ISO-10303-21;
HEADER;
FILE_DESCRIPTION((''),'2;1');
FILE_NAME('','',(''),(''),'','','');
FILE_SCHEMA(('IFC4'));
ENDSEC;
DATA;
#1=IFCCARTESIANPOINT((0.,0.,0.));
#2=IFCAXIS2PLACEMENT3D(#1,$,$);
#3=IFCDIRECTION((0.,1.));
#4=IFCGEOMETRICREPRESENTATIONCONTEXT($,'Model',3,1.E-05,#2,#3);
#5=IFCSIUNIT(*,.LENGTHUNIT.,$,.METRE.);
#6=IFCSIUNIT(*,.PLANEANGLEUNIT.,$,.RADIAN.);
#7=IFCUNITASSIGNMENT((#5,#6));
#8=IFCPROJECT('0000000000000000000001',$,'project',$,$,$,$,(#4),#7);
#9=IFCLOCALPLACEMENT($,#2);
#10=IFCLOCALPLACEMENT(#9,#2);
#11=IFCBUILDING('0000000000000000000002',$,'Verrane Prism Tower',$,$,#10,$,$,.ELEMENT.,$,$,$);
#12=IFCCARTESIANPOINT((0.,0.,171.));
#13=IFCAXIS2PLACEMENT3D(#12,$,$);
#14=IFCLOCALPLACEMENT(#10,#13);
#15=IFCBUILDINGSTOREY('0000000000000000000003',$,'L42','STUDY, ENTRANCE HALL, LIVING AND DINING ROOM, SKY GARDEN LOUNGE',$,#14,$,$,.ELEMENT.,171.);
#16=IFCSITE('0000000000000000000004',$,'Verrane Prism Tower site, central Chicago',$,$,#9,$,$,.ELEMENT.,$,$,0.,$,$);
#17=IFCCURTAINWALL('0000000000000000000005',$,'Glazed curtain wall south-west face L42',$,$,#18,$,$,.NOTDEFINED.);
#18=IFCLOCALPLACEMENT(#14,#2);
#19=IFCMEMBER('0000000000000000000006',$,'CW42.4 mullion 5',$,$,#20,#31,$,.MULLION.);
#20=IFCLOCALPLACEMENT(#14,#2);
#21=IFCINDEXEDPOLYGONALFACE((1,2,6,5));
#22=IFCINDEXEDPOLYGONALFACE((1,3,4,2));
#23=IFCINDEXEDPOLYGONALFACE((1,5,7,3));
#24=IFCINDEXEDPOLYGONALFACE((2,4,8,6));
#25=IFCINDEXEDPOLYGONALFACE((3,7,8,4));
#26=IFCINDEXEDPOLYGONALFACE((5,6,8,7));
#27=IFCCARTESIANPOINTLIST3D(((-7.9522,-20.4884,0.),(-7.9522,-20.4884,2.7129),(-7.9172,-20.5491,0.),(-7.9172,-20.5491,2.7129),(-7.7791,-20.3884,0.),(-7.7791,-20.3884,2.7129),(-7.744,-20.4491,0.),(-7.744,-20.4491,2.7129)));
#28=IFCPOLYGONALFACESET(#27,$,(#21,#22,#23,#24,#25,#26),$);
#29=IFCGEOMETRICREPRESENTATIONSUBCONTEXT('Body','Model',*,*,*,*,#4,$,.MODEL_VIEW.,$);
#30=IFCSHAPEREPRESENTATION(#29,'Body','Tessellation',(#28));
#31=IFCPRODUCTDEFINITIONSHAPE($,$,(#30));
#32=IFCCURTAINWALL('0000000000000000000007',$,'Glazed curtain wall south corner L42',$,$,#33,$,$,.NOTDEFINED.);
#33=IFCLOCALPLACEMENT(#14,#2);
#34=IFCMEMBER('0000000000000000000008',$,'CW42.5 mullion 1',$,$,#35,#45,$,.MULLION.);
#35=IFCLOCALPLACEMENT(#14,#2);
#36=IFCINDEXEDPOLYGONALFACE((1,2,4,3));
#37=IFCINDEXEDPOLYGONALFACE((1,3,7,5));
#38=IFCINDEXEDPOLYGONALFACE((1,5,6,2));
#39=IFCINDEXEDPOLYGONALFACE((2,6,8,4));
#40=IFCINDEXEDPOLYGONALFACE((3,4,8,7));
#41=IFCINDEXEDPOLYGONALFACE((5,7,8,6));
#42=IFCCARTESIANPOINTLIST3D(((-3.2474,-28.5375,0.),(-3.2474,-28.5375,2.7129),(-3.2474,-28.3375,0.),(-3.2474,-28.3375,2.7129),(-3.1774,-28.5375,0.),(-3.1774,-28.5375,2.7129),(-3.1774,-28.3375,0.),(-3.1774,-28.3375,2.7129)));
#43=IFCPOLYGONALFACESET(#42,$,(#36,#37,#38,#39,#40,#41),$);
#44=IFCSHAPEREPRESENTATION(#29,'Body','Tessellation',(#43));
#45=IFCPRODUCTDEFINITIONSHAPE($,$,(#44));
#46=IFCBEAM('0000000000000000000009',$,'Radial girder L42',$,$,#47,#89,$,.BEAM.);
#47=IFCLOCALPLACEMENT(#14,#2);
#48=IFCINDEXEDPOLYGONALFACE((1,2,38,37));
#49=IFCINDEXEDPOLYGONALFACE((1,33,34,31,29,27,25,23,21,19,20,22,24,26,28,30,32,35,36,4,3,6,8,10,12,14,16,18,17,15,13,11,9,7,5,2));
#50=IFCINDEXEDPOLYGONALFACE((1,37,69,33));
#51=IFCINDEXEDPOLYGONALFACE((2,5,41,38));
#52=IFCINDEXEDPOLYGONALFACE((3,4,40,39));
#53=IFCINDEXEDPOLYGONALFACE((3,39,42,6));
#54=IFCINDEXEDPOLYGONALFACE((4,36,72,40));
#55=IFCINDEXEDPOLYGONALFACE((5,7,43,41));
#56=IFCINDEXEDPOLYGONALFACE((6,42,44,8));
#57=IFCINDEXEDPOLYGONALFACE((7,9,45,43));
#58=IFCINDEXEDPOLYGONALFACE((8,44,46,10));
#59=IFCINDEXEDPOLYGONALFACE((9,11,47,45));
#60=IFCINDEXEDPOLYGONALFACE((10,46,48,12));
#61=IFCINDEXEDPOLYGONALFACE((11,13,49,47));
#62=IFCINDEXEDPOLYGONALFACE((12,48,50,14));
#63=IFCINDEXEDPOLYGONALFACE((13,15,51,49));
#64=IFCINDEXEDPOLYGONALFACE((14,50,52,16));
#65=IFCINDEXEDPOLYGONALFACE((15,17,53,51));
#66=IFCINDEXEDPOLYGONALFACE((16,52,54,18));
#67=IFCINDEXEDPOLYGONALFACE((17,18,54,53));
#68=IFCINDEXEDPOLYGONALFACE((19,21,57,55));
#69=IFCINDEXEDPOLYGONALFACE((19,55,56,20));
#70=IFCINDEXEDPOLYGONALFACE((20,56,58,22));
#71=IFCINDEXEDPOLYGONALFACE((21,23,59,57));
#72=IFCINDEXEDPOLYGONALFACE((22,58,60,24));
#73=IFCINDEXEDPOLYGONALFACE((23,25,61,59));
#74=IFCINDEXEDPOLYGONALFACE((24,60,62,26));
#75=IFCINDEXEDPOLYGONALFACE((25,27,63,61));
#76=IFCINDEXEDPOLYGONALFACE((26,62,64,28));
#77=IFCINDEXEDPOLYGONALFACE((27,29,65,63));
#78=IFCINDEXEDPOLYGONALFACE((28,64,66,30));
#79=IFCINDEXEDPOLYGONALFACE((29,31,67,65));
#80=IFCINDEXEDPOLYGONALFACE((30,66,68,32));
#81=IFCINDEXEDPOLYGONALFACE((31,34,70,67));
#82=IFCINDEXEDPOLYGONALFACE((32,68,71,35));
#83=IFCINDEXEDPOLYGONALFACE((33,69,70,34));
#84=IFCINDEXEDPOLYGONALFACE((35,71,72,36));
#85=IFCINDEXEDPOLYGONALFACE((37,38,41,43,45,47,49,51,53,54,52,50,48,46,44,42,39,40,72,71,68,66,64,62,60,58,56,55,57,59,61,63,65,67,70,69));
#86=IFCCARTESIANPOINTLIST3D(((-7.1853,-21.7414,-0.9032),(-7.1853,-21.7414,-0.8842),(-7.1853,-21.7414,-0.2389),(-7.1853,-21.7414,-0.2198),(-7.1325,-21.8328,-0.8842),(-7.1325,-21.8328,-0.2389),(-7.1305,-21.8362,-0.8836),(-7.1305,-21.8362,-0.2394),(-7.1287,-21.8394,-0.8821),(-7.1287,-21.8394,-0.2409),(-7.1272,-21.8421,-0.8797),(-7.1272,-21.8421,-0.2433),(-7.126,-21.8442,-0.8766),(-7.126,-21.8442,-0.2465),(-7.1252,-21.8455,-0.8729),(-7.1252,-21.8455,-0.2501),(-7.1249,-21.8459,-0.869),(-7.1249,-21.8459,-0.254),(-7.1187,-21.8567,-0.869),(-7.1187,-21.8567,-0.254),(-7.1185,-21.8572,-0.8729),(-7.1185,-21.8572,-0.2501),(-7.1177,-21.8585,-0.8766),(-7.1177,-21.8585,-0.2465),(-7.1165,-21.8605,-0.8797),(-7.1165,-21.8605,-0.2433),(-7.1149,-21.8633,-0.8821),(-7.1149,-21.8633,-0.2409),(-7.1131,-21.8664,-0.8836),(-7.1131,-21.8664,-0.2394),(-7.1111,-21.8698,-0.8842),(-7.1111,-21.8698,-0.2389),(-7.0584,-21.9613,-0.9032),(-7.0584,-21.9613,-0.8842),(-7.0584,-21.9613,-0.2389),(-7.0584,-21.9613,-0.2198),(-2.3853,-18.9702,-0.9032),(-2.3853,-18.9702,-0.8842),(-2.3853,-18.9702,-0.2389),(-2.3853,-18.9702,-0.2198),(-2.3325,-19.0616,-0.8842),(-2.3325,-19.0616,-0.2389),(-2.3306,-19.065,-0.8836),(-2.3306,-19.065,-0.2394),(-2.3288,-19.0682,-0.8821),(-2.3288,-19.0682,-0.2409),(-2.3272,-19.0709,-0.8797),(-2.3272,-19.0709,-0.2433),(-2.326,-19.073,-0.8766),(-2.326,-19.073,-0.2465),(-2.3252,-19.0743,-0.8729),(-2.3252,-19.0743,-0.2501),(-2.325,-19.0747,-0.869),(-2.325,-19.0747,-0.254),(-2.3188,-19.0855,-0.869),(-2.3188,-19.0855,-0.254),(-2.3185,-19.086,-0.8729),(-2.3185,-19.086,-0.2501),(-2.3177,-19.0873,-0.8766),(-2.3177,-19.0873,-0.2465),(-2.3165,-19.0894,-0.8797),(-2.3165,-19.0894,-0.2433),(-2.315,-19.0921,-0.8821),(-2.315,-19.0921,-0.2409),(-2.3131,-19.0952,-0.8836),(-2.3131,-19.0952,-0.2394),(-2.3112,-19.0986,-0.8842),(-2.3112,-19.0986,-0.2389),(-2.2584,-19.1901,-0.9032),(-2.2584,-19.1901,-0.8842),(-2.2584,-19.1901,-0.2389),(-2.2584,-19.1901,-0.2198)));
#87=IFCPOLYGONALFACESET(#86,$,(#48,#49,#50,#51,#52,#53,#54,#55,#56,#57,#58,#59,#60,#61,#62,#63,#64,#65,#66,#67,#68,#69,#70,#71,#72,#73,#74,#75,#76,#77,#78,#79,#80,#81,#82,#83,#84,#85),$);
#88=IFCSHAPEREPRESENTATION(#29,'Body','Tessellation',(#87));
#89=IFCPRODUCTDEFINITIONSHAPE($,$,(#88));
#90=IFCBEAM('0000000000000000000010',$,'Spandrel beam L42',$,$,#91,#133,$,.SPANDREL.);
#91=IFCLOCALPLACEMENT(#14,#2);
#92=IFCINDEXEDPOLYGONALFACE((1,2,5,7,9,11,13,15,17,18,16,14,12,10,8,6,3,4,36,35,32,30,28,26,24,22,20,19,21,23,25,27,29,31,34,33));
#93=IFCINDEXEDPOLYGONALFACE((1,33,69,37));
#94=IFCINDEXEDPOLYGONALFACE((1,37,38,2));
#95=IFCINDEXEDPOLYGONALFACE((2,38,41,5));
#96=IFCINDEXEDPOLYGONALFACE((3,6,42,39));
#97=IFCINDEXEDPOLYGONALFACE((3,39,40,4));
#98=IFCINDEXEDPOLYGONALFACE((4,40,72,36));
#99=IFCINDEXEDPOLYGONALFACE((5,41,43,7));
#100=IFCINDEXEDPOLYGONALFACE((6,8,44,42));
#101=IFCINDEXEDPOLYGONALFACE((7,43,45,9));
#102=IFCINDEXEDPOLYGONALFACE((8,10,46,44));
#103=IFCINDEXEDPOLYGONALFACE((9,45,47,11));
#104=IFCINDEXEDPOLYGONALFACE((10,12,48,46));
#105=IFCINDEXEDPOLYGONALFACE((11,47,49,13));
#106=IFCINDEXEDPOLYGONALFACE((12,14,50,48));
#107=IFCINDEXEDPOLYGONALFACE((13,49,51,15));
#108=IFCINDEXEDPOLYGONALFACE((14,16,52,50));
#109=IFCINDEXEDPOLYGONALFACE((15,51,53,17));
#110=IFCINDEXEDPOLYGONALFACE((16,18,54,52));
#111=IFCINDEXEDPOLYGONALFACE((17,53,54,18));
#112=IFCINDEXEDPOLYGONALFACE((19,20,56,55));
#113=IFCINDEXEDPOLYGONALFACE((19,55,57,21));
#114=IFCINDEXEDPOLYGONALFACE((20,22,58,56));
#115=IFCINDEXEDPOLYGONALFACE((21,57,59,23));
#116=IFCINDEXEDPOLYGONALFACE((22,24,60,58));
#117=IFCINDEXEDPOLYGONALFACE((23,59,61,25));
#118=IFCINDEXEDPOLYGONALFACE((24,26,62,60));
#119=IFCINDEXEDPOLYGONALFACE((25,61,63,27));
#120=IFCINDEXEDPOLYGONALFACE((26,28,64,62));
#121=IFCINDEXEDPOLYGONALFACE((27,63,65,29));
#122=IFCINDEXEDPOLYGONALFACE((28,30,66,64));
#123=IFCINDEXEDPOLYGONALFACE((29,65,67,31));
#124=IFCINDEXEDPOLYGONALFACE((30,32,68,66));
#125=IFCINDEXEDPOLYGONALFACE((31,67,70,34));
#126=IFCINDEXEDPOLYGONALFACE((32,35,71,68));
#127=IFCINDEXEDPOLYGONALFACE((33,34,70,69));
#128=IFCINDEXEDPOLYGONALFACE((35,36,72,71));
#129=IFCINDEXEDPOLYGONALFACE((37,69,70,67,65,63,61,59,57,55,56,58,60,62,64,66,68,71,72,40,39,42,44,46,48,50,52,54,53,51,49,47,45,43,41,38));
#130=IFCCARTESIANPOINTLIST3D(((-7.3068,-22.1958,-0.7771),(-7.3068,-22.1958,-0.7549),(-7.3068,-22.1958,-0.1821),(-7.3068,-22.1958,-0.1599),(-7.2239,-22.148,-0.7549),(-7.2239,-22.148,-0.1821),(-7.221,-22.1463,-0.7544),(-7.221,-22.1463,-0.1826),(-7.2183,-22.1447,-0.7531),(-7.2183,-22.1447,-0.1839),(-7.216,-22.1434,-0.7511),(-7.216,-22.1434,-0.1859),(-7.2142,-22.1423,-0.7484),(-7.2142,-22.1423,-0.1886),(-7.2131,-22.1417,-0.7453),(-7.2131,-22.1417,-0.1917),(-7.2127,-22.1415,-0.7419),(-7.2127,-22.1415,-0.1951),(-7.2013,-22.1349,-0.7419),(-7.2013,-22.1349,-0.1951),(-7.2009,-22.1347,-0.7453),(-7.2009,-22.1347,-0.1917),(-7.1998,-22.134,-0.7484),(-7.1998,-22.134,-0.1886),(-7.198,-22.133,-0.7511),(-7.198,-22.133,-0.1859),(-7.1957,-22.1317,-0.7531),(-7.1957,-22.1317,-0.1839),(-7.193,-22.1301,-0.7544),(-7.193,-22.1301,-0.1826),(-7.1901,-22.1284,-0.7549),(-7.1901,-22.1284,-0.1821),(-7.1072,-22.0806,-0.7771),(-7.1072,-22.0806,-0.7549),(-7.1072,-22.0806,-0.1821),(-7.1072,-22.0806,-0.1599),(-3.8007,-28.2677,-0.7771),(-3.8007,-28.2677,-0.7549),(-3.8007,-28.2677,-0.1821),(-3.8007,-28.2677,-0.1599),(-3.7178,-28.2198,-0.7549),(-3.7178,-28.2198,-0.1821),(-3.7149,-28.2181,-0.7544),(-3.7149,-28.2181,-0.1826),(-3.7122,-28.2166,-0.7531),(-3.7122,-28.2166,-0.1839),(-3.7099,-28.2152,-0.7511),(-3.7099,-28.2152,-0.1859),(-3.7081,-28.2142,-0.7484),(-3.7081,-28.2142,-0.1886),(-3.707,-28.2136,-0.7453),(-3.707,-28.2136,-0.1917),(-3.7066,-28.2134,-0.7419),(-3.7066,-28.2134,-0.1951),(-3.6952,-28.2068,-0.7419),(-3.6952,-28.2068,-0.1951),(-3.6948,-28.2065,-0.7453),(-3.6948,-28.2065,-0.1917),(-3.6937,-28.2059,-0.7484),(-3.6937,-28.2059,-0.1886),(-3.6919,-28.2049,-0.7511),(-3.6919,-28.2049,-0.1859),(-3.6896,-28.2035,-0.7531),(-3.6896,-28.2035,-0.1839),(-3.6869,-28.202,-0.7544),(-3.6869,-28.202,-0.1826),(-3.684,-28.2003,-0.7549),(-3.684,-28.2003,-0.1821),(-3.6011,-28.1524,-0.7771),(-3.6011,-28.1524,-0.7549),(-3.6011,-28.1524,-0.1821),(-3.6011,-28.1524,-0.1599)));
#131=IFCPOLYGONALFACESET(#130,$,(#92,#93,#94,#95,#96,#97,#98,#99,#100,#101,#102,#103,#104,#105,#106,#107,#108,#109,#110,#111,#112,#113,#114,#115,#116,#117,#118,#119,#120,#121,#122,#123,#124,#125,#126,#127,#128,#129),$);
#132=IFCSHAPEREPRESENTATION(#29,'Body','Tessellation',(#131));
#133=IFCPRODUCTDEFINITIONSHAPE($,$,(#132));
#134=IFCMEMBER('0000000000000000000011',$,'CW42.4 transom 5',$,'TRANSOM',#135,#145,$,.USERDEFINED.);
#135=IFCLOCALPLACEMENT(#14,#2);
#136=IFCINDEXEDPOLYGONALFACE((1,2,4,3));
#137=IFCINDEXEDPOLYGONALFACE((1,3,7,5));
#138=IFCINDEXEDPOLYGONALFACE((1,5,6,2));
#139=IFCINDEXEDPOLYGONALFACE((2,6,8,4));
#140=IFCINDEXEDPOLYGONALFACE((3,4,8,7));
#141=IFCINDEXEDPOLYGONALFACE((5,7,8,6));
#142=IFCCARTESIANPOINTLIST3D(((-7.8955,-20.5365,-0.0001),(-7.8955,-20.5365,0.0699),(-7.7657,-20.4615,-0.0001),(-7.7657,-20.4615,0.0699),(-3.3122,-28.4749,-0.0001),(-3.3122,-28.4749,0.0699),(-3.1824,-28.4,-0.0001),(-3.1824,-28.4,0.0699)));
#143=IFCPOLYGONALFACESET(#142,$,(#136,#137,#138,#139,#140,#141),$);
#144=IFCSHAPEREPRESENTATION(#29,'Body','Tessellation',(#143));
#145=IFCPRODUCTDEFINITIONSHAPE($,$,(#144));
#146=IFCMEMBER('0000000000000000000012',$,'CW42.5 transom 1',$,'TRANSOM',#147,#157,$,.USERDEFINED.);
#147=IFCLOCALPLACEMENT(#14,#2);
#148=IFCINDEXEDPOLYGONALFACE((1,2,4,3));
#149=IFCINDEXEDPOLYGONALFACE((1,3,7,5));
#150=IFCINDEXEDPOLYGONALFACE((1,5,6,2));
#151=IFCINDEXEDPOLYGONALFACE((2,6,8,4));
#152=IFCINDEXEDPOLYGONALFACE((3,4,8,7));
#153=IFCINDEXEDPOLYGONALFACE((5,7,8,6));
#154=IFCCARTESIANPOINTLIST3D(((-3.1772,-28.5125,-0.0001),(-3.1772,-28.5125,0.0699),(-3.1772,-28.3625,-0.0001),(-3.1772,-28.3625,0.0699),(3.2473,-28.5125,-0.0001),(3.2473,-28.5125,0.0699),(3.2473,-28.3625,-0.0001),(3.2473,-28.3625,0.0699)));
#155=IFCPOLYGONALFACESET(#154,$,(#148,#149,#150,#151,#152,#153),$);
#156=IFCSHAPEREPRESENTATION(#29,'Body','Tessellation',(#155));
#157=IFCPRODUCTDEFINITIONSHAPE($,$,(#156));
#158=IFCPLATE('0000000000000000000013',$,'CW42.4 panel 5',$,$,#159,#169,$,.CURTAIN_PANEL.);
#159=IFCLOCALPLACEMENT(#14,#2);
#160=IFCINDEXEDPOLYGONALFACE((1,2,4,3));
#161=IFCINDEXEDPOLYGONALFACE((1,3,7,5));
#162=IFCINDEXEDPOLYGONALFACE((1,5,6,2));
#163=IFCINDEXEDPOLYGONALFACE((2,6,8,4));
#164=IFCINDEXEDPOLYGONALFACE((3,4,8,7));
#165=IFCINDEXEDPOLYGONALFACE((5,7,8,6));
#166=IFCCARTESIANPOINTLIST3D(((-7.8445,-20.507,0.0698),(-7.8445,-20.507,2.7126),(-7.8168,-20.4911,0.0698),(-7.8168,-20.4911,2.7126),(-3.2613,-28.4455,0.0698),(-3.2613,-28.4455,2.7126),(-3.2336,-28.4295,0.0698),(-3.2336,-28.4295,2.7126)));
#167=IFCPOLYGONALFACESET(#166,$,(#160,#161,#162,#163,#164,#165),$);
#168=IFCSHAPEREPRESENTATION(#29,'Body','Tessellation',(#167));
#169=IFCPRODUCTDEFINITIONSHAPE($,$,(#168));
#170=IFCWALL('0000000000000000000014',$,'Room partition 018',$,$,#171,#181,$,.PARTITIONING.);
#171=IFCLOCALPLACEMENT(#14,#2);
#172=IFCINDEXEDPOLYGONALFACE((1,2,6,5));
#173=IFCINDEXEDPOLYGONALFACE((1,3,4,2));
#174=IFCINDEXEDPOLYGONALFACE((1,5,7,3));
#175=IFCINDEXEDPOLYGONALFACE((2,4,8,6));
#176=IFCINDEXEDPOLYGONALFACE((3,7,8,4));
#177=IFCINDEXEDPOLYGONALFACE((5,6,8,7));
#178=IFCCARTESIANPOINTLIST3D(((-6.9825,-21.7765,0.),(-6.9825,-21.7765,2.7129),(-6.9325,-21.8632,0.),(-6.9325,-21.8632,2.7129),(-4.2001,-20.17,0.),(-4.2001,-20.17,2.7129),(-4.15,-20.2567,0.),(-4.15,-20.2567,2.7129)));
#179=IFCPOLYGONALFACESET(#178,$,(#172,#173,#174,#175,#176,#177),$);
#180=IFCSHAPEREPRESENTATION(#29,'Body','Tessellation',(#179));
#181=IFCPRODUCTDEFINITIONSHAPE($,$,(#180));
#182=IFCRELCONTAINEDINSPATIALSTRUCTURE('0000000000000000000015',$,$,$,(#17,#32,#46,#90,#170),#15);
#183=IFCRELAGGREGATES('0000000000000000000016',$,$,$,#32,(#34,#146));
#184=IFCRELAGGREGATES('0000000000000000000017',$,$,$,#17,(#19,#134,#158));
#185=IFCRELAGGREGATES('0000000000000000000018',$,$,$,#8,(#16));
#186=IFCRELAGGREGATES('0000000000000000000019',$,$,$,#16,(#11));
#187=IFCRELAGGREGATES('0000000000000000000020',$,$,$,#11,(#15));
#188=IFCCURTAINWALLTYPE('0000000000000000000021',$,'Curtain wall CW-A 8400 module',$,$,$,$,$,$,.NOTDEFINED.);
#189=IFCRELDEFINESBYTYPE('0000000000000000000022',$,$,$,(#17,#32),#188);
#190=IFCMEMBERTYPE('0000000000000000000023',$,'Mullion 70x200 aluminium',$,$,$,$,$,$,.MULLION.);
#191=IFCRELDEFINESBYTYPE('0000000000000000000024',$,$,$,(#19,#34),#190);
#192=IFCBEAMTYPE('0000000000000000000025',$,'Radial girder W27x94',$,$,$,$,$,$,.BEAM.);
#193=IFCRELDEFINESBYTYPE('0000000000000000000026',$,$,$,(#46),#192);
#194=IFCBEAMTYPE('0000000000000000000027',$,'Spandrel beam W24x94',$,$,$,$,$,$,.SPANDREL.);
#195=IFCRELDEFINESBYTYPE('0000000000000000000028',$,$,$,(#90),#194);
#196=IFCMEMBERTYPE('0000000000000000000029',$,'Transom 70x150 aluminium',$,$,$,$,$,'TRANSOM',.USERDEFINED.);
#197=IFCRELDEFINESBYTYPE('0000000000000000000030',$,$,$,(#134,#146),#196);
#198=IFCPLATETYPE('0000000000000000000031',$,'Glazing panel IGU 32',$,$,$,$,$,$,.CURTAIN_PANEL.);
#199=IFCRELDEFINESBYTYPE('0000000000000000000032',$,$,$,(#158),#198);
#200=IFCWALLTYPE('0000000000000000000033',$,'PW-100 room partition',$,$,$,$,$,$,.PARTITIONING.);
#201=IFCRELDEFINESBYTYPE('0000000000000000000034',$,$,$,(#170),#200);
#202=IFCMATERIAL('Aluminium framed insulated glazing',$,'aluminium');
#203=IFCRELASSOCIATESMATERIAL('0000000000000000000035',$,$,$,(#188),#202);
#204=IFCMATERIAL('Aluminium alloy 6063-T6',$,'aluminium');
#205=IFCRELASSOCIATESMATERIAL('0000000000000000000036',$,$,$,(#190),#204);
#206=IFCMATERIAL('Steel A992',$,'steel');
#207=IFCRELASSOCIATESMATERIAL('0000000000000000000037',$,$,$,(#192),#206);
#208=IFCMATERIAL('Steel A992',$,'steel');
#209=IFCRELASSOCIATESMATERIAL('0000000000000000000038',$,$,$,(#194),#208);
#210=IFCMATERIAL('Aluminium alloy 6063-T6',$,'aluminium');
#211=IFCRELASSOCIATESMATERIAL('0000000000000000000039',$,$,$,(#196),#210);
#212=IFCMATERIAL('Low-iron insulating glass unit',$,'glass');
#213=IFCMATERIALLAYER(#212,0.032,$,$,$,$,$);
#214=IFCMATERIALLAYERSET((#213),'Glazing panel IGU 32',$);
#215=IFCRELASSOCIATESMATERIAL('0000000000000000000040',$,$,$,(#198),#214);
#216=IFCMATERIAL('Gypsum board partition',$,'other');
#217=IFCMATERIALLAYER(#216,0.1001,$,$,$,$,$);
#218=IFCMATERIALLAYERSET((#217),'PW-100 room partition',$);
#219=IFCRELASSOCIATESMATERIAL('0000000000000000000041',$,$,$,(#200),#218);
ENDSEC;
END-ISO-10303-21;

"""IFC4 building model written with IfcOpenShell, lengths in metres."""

from ifc_helpers import new_model, si_unit, direction, frame, frame_2d, origin, origin_2d, place, context, subcontext, project, spatial, rectangle, i_section, extrude, material, layer, layer_set, material_profile, profile_set, type_object, element, aggregate, save


model = new_model("IFC4")

# Units and contexts
model_context = context("Model", 3, precision=1e-05, world=origin(), true_north=direction((0.0, 1.0)))
body_context = subcontext(model_context, "Body", "Model", "MODEL_VIEW")
ifc_project = project(units=[si_unit("LENGTHUNIT", "METRE"), si_unit("PLANEANGLEUNIT", "RADIAN")], contexts=[model_context])

# Site, building, storey
site_placement = place(None, origin())
site = spatial("IfcSite", under=ifc_project, at=site_placement, Name="Verrane Prism Tower site, central Chicago", CompositionType="ELEMENT", RefElevation=0.0)
building_placement = place(site_placement, origin())
building = spatial("IfcBuilding", under=site, at=building_placement, Name="Verrane Prism Tower", CompositionType="ELEMENT")
storey_placement = place(building_placement, frame((0.0, 0.0, 171.0)))
storey = spatial("IfcBuildingStorey", under=building, at=storey_placement, Name="L42", Description="STUDY, ENTRANCE HALL, LIVING AND DINING ROOM, SKY GARDEN LOUNGE", CompositionType="ELEMENT", Elevation=171.0)

# Curtain walls, members
ifc_material_1 = material(Name="Aluminium framed insulated glazing", Category="aluminium")
curtain_wall_type = type_object("IfcCurtainWallType", Name="Curtain wall CW-A 8400 module", PredefinedType="NOTDEFINED", material=ifc_material_1)
curtain_wall_1_placement = place(storey_placement, origin())
curtain_wall_1 = element("IfcCurtainWall", 1, at=curtain_wall_1_placement, inside=storey, type_object=curtain_wall_type, Name="Glazed curtain wall south-west face L42", PredefinedType="NOTDEFINED")
ifc_material_2 = material(Name="Aluminium alloy 6063-T6", Category="aluminium")
ifc_material_profile_1 = material_profile(ifc_material_2, rectangle(XDim=0.2, YDim=0.0701, at=origin_2d()), Name="Mullion 70x200 aluminium")
ifc_profile_set_1 = profile_set([ifc_material_profile_1], Name="Aluminium alloy 6063-T6")
member_type_1 = type_object("IfcMemberType", Name="Mullion 70x200 aluminium", PredefinedType="MULLION", material=ifc_profile_set_1)
member_1_placement = place(storey_placement, frame((-7.8481, -20.4688, 0.0), z_axis=(0.0, 0.0, 1.0), x_axis=(0.866026, 0.499999, 0.0)))
member_1 = element("IfcMember", 2, at=member_1_placement, type_object=member_type_1, Name="CW42.4 mullion 5", PredefinedType="MULLION", context=body_context, shape_type="SweptSolid", body=[
    extrude(rectangle(XDim=0.2, YDim=0.0701, at=origin_2d()), origin(), (0.0, 0.0, 1.0), 2.7129),
])
curtain_wall_2_placement = place(storey_placement, origin())
curtain_wall_2 = element("IfcCurtainWall", 3, at=curtain_wall_2_placement, inside=storey, type_object=curtain_wall_type, Name="Glazed curtain wall south corner L42", PredefinedType="NOTDEFINED")
member_2_placement = place(storey_placement, frame((-3.2124, -28.4375, 0.0), z_axis=(0.0, 0.0, 1.0), x_axis=(0.0, 1.0, 0.0)))
member_2 = element("IfcMember", 4, at=member_2_placement, type_object=member_type_1, Name="CW42.5 mullion 1", PredefinedType="MULLION", context=body_context, shape_type="SweptSolid", body=[
    extrude(rectangle(XDim=0.2, YDim=0.0701, at=origin_2d()), origin(), (0.0, 0.0, 1.0), 2.7129),
])

# Beams
ifc_material_3 = material(Name="Steel A992", Category="steel")
ifc_material_profile_2 = material_profile(ifc_material_3, i_section(OverallWidth=0.2539, OverallDepth=0.6833, WebThickness=0.0125, FlangeThickness=0.019, FilletRadius=0.0151, at=origin_2d()), Name="W27x94")
ifc_profile_set_2 = profile_set([ifc_material_profile_2], Name="Steel A992")
beam_type_1 = type_object("IfcBeamType", Name="Radial girder W27x94", PredefinedType="BEAM", material=ifc_profile_set_2)
beam_1_placement = place(storey_placement, frame((-7.1218, -21.8513, -0.5615), z_axis=(0.866031, 0.499991, 0.0), x_axis=(-0.499991, 0.866031, 0.0)))
element("IfcBeam", 5, at=beam_1_placement, inside=storey, type_object=beam_type_1, Name="Radial girder L42", PredefinedType="BEAM", context=body_context, shape_type="SweptSolid", body=[
    extrude(i_section(OverallWidth=0.2539, OverallDepth=0.6833, WebThickness=0.0125, FlangeThickness=0.019, FilletRadius=0.0151, at=origin_2d()), origin(), (0.0, 0.0, 1.0), 5.5425),
])
ifc_material_4 = material(Name="Steel A992", Category="steel")
ifc_material_profile_3 = material_profile(ifc_material_4, i_section(OverallWidth=0.2305, OverallDepth=0.6172, WebThickness=0.0132, FlangeThickness=0.0222, FilletRadius=0.0129, at=origin_2d()), Name="W24x94")
ifc_profile_set_3 = profile_set([ifc_material_profile_3], Name="Steel A992")
beam_type_2 = type_object("IfcBeamType", Name="Spandrel beam W24x94", PredefinedType="SPANDREL", material=ifc_profile_set_3)
beam_2_placement = place(storey_placement, frame((-7.207, -22.1382, -0.4685), z_axis=(0.50006, -0.865991, 0.0), x_axis=(0.865991, 0.50006, 0.0)))
element("IfcBeam", 6, at=beam_2_placement, inside=storey, type_object=beam_type_2, Name="Spandrel beam L42", PredefinedType="SPANDREL", context=body_context, shape_type="SweptSolid", body=[
    extrude(i_section(OverallWidth=0.2305, OverallDepth=0.6172, WebThickness=0.0132, FlangeThickness=0.0222, FilletRadius=0.0129, at=origin_2d()), origin(), (0.0, 0.0, 1.0), 7.0115),
])

# Members
ifc_material_5 = material(Name="Aluminium alloy 6063-T6", Category="aluminium")
ifc_material_profile_4 = material_profile(ifc_material_5, rectangle(XDim=0.1499, YDim=0.0701, at=origin_2d()), Name="Transom 70x150 aluminium")
ifc_profile_set_4 = profile_set([ifc_material_profile_4], Name="Aluminium alloy 6063-T6")
member_type_2 = type_object("IfcMemberType", Name="Transom 70x150 aluminium", ElementType="TRANSOM", PredefinedType="USERDEFINED", material=ifc_profile_set_4)
member_3_placement = place(storey_placement, frame((-7.8306, -20.499, 0.0349), z_axis=(0.499998, -0.866027, 0.0), x_axis=(0.866027, 0.499998, 0.0)))
member_3 = element("IfcMember", 7, at=member_3_placement, type_object=member_type_2, Name="CW42.4 transom 5", ObjectType="TRANSOM", PredefinedType="USERDEFINED", context=body_context, shape_type="SweptSolid", body=[
    extrude(rectangle(XDim=0.1499, YDim=0.0701, at=origin_2d()), origin(), (0.0, 0.0, 1.0), 9.1665),
])
member_4_placement = place(storey_placement, frame((-3.1772, -28.4375, 0.0349), z_axis=(1.0, 0.0, 0.0), x_axis=(0.0, 1.0, 0.0)))
member_4 = element("IfcMember", 8, at=member_4_placement, type_object=member_type_2, Name="CW42.5 transom 1", ObjectType="TRANSOM", PredefinedType="USERDEFINED", context=body_context, shape_type="SweptSolid", body=[
    extrude(rectangle(XDim=0.1499, YDim=0.0701, at=origin_2d()), origin(), (0.0, 0.0, 1.0), 6.4246),
])
aggregate(curtain_wall_2, [member_2, member_4])

# Plate
ifc_material_6 = material(Name="Low-iron insulating glass unit", Category="glass")
ifc_layer_1 = layer(ifc_material_6, 0.032)
ifc_layer_set_1 = layer_set([ifc_layer_1], Name="Glazing panel IGU 32")
plate_type = type_object("IfcPlateType", Name="Glazing panel IGU 32", PredefinedType="CURTAIN_PANEL", material=ifc_layer_set_1)
plate_placement = place(storey_placement, frame((-5.5391, -24.4683, 0.0698), z_axis=(0.0, 0.0, 1.0), x_axis=(0.499999, -0.866026, 0.0)))
plate = element("IfcPlate", 9, at=plate_placement, type_object=plate_type, Name="CW42.4 panel 5", PredefinedType="CURTAIN_PANEL", context=body_context, shape_type="SweptSolid", body=[
    extrude(rectangle(XDim=9.1665, YDim=0.032, at=origin_2d()), origin(), (0.0, 0.0, 1.0), 2.6428),
])
aggregate(curtain_wall_1, [member_1, member_3, plate])

# Wall
ifc_material_7 = material(Name="Gypsum board partition", Category="other")
ifc_layer_2 = layer(ifc_material_7, 0.1001)
ifc_layer_set_2 = layer_set([ifc_layer_2], Name="PW-100 room partition")
wall_type = type_object("IfcWallType", Name="PW-100 room partition", PredefinedType="PARTITIONING", material=ifc_layer_set_2)
wall_1_placement = place(storey_placement, frame((-6.9575, -21.8198, 0.0), z_axis=(0.0, 0.0, 1.0), x_axis=(0.866027, 0.499997, 0.0)))
element("IfcWall", 10, at=wall_1_placement, inside=storey, type_object=wall_type, Name="Room partition 018", PredefinedType="PARTITIONING", context=body_context, shape_type="SweptSolid", body=[
    extrude(rectangle(XDim=3.2129, YDim=0.1001, at=frame_2d((1.6064, 0.0))), origin(), (0.0, 0.0, 1.0), 2.7129),
])

save(model, "model.ifc")
